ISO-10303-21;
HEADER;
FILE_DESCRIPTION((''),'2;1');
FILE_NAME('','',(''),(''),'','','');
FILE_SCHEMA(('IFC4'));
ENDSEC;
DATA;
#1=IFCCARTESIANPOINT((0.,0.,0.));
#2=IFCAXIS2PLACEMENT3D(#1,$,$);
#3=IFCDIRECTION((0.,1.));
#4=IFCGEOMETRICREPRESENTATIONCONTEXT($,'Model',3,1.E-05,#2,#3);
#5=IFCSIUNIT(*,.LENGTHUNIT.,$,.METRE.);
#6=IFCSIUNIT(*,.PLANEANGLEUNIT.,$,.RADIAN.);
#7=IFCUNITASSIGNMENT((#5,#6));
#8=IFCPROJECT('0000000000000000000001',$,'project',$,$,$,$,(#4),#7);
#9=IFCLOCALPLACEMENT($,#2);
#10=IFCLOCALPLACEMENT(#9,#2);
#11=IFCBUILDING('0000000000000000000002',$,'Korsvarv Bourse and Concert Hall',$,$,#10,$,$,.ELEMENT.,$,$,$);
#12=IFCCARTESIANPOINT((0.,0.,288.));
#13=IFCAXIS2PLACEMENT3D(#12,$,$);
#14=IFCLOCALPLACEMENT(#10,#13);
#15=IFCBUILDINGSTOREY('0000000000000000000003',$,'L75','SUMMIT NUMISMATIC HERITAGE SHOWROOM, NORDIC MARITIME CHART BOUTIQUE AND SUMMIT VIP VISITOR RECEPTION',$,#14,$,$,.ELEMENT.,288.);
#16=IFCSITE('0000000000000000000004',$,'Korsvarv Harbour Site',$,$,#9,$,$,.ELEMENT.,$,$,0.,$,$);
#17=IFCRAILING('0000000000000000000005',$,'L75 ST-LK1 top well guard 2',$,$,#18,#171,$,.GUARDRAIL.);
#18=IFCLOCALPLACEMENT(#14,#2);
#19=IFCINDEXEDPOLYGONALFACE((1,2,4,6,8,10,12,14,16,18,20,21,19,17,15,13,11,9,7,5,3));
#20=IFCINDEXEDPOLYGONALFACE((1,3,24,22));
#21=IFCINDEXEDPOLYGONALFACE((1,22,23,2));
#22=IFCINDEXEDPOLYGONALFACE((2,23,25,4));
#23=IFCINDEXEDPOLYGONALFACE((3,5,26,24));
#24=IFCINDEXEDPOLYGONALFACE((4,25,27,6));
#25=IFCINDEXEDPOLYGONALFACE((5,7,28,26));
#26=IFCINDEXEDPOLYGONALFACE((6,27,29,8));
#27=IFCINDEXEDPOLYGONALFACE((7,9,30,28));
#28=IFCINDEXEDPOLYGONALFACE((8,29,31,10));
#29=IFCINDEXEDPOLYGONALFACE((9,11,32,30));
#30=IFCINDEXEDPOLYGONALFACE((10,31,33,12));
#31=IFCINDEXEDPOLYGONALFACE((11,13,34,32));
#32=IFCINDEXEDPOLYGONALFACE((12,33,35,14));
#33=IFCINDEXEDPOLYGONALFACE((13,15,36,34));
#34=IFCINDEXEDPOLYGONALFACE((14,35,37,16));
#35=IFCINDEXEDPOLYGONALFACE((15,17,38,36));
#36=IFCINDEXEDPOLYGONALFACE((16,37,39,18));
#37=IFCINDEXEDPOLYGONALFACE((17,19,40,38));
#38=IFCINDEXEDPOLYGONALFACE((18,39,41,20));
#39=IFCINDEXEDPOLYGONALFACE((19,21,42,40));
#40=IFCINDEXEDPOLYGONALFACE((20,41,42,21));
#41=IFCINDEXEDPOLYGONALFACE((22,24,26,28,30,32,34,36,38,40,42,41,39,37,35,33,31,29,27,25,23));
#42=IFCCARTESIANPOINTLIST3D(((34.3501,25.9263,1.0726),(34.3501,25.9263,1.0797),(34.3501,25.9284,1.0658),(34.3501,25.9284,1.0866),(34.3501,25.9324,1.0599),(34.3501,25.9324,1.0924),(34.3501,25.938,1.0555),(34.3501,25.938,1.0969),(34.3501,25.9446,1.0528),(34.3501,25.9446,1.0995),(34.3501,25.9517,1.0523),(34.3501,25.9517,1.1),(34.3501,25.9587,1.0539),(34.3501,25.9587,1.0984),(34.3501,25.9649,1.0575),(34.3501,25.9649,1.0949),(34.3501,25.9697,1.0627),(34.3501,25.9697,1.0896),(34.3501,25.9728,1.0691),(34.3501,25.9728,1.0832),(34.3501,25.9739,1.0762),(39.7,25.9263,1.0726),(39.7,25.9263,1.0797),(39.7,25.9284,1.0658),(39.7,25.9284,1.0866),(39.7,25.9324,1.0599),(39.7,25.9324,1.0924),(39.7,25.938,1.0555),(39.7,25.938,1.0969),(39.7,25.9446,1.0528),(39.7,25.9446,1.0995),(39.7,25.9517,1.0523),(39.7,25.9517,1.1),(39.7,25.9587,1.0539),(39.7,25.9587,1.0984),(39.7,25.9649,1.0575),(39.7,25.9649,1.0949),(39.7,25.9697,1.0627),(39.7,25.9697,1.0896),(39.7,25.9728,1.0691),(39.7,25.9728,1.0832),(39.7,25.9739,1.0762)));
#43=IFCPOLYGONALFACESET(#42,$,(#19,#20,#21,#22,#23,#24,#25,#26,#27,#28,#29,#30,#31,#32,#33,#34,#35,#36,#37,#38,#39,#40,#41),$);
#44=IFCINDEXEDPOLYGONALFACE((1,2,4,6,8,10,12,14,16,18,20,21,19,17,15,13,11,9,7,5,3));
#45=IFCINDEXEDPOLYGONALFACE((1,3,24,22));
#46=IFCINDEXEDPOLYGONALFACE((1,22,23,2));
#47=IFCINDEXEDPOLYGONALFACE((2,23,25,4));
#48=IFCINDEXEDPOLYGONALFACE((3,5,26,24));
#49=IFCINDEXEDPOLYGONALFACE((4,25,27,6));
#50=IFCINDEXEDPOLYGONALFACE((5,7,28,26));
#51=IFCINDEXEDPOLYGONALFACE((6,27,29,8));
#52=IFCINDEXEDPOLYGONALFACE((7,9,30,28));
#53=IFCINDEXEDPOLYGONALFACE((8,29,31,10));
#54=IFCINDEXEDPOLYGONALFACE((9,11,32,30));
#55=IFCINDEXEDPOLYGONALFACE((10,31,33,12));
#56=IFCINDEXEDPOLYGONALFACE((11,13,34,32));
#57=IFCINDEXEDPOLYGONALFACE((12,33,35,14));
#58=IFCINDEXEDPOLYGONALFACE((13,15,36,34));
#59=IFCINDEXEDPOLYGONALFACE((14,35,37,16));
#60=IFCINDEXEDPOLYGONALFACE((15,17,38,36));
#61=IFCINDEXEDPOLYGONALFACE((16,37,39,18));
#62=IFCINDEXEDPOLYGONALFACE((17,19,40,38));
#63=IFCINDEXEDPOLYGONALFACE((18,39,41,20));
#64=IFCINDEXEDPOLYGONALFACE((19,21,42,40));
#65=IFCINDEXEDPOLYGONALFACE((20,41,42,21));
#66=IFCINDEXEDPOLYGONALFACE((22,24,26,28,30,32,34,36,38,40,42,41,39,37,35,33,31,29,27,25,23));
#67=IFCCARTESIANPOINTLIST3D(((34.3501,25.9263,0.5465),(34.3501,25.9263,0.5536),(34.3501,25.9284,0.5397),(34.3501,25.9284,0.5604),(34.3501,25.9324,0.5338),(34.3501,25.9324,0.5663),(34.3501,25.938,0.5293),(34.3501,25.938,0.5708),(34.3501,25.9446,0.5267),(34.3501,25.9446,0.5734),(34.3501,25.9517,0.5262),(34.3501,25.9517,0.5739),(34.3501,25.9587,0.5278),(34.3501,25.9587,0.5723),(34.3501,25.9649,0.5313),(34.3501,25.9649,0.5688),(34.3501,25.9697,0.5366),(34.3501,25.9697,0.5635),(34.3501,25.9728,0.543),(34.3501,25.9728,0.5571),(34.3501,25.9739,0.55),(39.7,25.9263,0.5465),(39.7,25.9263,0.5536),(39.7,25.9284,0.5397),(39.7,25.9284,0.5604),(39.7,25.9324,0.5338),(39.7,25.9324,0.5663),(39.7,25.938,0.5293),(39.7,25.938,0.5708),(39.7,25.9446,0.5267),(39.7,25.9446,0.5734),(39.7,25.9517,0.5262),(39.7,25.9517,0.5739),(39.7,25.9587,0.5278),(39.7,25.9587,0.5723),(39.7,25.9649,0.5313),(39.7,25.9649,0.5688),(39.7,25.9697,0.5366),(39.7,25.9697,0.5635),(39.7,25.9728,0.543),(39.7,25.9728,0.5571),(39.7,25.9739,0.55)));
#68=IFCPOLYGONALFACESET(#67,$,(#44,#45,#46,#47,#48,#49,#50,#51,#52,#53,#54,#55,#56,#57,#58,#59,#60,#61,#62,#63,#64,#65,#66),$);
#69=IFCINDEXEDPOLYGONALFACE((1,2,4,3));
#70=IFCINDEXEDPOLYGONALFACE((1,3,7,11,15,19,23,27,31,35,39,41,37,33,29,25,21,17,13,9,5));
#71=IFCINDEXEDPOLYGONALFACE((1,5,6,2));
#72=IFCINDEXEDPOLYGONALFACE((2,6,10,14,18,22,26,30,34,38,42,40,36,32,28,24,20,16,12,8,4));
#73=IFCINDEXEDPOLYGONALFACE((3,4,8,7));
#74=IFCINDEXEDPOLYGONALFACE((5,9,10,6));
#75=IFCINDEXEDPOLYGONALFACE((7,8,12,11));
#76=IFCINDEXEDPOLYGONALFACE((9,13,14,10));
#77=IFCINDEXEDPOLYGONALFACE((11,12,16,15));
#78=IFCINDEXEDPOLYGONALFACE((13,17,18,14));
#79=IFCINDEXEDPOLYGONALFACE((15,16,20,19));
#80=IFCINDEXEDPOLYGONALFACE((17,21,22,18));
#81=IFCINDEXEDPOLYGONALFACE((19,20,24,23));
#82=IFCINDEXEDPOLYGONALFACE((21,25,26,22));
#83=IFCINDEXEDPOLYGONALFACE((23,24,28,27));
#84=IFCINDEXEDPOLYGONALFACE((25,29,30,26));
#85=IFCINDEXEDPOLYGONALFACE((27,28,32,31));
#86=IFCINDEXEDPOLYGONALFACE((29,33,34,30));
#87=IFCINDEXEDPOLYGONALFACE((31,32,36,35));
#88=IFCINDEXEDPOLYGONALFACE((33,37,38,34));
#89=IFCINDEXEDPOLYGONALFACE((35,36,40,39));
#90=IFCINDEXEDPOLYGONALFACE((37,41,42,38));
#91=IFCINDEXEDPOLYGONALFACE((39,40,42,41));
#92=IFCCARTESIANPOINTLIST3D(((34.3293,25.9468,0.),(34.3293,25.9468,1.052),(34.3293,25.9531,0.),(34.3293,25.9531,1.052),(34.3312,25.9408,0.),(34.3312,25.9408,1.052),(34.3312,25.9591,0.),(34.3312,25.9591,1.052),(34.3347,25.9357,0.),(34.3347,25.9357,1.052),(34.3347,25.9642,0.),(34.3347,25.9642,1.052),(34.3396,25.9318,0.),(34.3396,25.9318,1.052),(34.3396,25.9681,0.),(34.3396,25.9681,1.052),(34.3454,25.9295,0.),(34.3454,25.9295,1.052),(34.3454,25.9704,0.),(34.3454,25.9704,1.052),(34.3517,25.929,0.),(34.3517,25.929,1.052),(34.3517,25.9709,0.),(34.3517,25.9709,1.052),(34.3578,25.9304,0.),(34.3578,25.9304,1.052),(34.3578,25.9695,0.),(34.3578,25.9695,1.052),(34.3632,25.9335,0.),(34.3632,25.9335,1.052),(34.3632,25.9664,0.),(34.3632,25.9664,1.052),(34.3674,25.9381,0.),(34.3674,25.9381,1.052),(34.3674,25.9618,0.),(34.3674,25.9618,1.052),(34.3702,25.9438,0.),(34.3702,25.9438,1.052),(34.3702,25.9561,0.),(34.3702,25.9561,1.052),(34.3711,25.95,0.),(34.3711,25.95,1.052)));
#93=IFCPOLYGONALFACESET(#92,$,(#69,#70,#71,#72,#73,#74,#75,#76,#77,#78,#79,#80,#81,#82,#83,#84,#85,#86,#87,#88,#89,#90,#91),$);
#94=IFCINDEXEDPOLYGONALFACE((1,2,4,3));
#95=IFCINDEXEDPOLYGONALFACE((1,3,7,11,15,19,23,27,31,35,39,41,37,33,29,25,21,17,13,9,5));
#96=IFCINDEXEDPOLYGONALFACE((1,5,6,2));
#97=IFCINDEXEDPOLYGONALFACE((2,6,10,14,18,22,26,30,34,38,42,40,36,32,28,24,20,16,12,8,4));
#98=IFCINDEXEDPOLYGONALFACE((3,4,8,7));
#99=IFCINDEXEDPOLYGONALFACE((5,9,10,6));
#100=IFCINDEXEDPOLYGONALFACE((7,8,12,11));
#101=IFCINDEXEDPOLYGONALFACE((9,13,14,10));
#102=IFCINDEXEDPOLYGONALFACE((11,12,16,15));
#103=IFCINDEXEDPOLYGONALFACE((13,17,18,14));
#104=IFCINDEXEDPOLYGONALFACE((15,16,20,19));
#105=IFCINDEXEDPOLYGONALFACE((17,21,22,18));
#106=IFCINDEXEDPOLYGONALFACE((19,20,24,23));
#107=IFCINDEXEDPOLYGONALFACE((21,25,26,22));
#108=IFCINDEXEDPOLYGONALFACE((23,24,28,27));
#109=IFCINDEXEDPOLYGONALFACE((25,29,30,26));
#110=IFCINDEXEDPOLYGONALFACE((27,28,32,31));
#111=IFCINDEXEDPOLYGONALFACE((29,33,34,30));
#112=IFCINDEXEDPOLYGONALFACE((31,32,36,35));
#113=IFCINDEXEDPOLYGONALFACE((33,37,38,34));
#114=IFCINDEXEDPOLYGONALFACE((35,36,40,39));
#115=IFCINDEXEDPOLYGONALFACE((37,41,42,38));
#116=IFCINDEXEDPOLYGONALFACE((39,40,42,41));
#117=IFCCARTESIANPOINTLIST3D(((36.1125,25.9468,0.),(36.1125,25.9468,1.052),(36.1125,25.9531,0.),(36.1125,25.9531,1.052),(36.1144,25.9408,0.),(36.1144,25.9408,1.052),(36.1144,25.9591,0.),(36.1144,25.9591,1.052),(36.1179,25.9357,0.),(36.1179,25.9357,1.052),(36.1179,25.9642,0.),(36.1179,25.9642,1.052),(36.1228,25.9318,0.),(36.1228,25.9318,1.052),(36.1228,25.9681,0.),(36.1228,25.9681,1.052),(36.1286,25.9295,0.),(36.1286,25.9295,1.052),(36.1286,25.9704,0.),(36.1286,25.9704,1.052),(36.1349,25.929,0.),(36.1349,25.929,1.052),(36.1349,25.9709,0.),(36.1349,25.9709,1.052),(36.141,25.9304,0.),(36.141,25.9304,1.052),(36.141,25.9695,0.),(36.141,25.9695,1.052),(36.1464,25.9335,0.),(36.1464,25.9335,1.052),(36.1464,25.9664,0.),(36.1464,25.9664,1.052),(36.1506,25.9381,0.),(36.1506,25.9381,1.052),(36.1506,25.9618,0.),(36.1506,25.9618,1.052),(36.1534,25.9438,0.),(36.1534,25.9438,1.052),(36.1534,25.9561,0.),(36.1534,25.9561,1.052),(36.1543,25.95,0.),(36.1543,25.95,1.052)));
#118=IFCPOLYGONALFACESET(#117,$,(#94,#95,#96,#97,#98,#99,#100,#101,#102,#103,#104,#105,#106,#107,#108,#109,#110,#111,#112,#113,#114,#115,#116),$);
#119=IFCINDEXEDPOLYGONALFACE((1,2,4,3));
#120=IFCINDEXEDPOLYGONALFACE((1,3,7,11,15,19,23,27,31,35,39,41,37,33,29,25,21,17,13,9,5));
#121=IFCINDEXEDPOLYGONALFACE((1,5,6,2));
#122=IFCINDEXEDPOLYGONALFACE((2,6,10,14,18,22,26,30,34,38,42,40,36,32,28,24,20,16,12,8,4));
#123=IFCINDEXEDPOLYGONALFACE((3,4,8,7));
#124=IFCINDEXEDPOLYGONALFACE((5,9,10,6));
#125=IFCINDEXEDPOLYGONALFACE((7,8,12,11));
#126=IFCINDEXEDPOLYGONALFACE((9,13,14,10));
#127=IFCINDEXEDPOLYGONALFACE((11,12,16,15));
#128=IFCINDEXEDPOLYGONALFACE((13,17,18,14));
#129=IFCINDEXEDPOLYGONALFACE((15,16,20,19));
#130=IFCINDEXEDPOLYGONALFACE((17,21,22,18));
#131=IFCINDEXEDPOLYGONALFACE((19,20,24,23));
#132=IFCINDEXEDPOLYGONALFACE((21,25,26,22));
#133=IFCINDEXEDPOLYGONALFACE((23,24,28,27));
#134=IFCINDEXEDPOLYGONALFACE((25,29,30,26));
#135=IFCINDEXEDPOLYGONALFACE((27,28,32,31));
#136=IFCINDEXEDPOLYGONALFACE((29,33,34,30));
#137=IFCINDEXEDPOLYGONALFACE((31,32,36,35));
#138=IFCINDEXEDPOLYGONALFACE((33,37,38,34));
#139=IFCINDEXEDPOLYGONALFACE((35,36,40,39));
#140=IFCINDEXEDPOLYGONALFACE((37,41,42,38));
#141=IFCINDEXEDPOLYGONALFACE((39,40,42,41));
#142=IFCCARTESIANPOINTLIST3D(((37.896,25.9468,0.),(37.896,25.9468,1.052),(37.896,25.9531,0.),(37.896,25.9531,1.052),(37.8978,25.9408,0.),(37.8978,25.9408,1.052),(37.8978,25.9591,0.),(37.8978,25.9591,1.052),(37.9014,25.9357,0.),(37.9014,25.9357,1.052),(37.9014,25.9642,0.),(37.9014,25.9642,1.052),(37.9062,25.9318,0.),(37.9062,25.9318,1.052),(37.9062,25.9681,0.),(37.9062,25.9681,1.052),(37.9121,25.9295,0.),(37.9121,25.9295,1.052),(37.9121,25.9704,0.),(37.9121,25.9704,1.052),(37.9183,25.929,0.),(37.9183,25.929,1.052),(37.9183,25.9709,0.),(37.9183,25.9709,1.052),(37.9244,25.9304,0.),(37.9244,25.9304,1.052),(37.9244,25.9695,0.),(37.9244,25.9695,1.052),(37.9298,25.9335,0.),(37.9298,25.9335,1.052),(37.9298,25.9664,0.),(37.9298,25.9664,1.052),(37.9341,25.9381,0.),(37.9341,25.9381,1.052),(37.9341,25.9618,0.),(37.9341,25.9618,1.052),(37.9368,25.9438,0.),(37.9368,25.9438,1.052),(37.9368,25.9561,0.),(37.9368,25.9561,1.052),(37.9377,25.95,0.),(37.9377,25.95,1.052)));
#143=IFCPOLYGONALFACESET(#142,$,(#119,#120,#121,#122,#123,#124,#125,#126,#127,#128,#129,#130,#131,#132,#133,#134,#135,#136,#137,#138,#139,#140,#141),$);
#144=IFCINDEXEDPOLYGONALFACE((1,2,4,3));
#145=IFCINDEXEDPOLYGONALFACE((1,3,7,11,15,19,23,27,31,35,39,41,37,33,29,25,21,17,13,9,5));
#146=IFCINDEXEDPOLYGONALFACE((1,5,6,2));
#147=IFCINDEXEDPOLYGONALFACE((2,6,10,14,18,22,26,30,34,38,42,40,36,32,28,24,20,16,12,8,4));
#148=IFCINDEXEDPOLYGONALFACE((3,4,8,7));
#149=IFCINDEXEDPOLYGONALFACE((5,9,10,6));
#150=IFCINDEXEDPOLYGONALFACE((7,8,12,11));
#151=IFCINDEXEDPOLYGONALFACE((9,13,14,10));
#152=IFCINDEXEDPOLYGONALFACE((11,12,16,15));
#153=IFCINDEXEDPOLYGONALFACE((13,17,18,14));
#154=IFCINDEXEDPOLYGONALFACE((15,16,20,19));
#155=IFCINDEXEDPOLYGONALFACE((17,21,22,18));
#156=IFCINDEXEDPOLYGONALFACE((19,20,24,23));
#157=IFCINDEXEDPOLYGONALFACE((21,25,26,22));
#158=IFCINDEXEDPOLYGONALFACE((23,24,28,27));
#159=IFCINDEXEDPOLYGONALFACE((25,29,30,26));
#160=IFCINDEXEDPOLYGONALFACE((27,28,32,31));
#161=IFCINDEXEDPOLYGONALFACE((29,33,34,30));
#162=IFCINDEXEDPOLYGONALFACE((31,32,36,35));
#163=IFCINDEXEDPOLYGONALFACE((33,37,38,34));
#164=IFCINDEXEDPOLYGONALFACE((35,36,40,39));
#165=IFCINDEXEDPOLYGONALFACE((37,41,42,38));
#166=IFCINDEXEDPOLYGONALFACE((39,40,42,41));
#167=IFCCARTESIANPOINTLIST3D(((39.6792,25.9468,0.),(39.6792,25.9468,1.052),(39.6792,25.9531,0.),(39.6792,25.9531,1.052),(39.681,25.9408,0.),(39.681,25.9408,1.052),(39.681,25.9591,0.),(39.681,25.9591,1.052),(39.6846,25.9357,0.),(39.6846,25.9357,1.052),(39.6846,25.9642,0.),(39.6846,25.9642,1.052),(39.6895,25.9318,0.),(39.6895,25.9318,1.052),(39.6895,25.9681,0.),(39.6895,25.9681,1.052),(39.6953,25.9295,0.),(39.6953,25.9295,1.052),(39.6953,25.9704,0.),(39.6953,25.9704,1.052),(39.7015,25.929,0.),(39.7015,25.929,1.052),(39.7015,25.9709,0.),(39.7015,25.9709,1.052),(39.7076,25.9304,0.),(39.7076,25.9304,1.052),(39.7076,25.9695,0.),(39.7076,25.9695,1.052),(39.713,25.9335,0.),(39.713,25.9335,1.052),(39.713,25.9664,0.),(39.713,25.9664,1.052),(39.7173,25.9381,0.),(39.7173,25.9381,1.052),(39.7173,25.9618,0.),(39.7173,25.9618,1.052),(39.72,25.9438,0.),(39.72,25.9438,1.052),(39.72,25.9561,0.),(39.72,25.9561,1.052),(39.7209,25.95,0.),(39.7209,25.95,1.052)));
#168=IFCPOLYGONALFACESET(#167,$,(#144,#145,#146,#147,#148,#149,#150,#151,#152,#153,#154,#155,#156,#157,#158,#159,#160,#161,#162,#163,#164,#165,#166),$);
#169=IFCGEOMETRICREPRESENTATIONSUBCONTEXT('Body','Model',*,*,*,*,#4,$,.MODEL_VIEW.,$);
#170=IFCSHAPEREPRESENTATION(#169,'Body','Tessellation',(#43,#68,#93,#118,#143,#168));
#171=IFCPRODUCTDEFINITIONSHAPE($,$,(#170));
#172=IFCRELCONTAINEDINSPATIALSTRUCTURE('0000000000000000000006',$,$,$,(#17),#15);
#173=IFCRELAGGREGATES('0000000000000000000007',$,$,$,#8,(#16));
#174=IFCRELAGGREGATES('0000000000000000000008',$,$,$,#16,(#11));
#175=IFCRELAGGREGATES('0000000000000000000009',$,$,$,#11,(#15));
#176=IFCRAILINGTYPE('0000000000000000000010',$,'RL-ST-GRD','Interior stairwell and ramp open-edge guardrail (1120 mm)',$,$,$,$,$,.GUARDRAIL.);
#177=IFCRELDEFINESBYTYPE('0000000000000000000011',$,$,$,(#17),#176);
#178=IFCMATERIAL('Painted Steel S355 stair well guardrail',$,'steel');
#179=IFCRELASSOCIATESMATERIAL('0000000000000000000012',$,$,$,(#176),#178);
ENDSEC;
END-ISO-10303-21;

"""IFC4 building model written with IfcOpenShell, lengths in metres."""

from ifc_helpers import new_model, si_unit, direction, frame, origin, origin_2d, place, context, subcontext, project, spatial, circle, extrude, material, type_object, element, save


model = new_model("IFC4")

# Units and contexts
model_context = context("Model", 3, precision=1e-05, world=origin(), true_north=direction((0.0, 1.0)))
body_context = subcontext(model_context, "Body", "Model", "MODEL_VIEW")
ifc_project = project(units=[si_unit("LENGTHUNIT", "METRE"), si_unit("PLANEANGLEUNIT", "RADIAN")], contexts=[model_context])

# Site, building, storey
site_placement = place(None, origin())
site = spatial("IfcSite", under=ifc_project, at=site_placement, Name="Korsvarv Harbour Site", CompositionType="ELEMENT", RefElevation=0.0)
building_placement = place(site_placement, origin())
building = spatial("IfcBuilding", under=site, at=building_placement, Name="Korsvarv Bourse and Concert Hall", CompositionType="ELEMENT")
storey_placement = place(building_placement, frame((0.0, 0.0, 288.0)))
storey = spatial("IfcBuildingStorey", under=building, at=storey_placement, Name="L75", Description="SUMMIT NUMISMATIC HERITAGE SHOWROOM, NORDIC MARITIME CHART BOUTIQUE AND SUMMIT VIP VISITOR RECEPTION", CompositionType="ELEMENT", Elevation=288.0)

# Railing
ifc_material_1 = material(Name="Painted Steel S355 stair well guardrail", Category="steel")
railing_type = type_object("IfcRailingType", Name="RL-ST-GRD", Description="Interior stairwell and ramp open-edge guardrail (1120 mm)", PredefinedType="GUARDRAIL", material=ifc_material_1)
for number, where, name in (
    (1, (34.3501, 25.95, 0.0), "L75 ST-LK1 top well guard 2"),
):
    element("IfcRailing", number, at=place(storey_placement, frame(where)), inside=storey, type_object=railing_type, Name=name, PredefinedType="GUARDRAIL", context=body_context, shape_type="SweptSolid", body=[
        extrude(circle(Radius=0.0239, at=origin_2d()), frame((0.0, 0.0, 1.0762), z_axis=(1.0, 0.0, 0.0), x_axis=(0.0, 1.0, 0.0)), (0.0, 0.0, 1.0), 5.3499),
        extrude(circle(Radius=0.0239, at=origin_2d()), frame((0.0, 0.0, 0.55), z_axis=(1.0, 0.0, 0.0), x_axis=(0.0, 1.0, 0.0)), (0.0, 0.0, 1.0), 5.3499),
        extrude(circle(Radius=0.021, at=origin_2d()), origin(), (0.0, 0.0, 1.0), 1.052),
        extrude(circle(Radius=0.021, at=origin_2d()), frame((1.7832, 0.0, 0.0)), (0.0, 0.0, 1.0), 1.052),
        extrude(circle(Radius=0.021, at=origin_2d()), frame((3.5667, 0.0, 0.0)), (0.0, 0.0, 1.0), 1.052),
        extrude(circle(Radius=0.021, at=origin_2d()), frame((5.3499, 0.0, 0.0)), (0.0, 0.0, 1.0), 1.052),
    ])

save(model, "model.ifc")
